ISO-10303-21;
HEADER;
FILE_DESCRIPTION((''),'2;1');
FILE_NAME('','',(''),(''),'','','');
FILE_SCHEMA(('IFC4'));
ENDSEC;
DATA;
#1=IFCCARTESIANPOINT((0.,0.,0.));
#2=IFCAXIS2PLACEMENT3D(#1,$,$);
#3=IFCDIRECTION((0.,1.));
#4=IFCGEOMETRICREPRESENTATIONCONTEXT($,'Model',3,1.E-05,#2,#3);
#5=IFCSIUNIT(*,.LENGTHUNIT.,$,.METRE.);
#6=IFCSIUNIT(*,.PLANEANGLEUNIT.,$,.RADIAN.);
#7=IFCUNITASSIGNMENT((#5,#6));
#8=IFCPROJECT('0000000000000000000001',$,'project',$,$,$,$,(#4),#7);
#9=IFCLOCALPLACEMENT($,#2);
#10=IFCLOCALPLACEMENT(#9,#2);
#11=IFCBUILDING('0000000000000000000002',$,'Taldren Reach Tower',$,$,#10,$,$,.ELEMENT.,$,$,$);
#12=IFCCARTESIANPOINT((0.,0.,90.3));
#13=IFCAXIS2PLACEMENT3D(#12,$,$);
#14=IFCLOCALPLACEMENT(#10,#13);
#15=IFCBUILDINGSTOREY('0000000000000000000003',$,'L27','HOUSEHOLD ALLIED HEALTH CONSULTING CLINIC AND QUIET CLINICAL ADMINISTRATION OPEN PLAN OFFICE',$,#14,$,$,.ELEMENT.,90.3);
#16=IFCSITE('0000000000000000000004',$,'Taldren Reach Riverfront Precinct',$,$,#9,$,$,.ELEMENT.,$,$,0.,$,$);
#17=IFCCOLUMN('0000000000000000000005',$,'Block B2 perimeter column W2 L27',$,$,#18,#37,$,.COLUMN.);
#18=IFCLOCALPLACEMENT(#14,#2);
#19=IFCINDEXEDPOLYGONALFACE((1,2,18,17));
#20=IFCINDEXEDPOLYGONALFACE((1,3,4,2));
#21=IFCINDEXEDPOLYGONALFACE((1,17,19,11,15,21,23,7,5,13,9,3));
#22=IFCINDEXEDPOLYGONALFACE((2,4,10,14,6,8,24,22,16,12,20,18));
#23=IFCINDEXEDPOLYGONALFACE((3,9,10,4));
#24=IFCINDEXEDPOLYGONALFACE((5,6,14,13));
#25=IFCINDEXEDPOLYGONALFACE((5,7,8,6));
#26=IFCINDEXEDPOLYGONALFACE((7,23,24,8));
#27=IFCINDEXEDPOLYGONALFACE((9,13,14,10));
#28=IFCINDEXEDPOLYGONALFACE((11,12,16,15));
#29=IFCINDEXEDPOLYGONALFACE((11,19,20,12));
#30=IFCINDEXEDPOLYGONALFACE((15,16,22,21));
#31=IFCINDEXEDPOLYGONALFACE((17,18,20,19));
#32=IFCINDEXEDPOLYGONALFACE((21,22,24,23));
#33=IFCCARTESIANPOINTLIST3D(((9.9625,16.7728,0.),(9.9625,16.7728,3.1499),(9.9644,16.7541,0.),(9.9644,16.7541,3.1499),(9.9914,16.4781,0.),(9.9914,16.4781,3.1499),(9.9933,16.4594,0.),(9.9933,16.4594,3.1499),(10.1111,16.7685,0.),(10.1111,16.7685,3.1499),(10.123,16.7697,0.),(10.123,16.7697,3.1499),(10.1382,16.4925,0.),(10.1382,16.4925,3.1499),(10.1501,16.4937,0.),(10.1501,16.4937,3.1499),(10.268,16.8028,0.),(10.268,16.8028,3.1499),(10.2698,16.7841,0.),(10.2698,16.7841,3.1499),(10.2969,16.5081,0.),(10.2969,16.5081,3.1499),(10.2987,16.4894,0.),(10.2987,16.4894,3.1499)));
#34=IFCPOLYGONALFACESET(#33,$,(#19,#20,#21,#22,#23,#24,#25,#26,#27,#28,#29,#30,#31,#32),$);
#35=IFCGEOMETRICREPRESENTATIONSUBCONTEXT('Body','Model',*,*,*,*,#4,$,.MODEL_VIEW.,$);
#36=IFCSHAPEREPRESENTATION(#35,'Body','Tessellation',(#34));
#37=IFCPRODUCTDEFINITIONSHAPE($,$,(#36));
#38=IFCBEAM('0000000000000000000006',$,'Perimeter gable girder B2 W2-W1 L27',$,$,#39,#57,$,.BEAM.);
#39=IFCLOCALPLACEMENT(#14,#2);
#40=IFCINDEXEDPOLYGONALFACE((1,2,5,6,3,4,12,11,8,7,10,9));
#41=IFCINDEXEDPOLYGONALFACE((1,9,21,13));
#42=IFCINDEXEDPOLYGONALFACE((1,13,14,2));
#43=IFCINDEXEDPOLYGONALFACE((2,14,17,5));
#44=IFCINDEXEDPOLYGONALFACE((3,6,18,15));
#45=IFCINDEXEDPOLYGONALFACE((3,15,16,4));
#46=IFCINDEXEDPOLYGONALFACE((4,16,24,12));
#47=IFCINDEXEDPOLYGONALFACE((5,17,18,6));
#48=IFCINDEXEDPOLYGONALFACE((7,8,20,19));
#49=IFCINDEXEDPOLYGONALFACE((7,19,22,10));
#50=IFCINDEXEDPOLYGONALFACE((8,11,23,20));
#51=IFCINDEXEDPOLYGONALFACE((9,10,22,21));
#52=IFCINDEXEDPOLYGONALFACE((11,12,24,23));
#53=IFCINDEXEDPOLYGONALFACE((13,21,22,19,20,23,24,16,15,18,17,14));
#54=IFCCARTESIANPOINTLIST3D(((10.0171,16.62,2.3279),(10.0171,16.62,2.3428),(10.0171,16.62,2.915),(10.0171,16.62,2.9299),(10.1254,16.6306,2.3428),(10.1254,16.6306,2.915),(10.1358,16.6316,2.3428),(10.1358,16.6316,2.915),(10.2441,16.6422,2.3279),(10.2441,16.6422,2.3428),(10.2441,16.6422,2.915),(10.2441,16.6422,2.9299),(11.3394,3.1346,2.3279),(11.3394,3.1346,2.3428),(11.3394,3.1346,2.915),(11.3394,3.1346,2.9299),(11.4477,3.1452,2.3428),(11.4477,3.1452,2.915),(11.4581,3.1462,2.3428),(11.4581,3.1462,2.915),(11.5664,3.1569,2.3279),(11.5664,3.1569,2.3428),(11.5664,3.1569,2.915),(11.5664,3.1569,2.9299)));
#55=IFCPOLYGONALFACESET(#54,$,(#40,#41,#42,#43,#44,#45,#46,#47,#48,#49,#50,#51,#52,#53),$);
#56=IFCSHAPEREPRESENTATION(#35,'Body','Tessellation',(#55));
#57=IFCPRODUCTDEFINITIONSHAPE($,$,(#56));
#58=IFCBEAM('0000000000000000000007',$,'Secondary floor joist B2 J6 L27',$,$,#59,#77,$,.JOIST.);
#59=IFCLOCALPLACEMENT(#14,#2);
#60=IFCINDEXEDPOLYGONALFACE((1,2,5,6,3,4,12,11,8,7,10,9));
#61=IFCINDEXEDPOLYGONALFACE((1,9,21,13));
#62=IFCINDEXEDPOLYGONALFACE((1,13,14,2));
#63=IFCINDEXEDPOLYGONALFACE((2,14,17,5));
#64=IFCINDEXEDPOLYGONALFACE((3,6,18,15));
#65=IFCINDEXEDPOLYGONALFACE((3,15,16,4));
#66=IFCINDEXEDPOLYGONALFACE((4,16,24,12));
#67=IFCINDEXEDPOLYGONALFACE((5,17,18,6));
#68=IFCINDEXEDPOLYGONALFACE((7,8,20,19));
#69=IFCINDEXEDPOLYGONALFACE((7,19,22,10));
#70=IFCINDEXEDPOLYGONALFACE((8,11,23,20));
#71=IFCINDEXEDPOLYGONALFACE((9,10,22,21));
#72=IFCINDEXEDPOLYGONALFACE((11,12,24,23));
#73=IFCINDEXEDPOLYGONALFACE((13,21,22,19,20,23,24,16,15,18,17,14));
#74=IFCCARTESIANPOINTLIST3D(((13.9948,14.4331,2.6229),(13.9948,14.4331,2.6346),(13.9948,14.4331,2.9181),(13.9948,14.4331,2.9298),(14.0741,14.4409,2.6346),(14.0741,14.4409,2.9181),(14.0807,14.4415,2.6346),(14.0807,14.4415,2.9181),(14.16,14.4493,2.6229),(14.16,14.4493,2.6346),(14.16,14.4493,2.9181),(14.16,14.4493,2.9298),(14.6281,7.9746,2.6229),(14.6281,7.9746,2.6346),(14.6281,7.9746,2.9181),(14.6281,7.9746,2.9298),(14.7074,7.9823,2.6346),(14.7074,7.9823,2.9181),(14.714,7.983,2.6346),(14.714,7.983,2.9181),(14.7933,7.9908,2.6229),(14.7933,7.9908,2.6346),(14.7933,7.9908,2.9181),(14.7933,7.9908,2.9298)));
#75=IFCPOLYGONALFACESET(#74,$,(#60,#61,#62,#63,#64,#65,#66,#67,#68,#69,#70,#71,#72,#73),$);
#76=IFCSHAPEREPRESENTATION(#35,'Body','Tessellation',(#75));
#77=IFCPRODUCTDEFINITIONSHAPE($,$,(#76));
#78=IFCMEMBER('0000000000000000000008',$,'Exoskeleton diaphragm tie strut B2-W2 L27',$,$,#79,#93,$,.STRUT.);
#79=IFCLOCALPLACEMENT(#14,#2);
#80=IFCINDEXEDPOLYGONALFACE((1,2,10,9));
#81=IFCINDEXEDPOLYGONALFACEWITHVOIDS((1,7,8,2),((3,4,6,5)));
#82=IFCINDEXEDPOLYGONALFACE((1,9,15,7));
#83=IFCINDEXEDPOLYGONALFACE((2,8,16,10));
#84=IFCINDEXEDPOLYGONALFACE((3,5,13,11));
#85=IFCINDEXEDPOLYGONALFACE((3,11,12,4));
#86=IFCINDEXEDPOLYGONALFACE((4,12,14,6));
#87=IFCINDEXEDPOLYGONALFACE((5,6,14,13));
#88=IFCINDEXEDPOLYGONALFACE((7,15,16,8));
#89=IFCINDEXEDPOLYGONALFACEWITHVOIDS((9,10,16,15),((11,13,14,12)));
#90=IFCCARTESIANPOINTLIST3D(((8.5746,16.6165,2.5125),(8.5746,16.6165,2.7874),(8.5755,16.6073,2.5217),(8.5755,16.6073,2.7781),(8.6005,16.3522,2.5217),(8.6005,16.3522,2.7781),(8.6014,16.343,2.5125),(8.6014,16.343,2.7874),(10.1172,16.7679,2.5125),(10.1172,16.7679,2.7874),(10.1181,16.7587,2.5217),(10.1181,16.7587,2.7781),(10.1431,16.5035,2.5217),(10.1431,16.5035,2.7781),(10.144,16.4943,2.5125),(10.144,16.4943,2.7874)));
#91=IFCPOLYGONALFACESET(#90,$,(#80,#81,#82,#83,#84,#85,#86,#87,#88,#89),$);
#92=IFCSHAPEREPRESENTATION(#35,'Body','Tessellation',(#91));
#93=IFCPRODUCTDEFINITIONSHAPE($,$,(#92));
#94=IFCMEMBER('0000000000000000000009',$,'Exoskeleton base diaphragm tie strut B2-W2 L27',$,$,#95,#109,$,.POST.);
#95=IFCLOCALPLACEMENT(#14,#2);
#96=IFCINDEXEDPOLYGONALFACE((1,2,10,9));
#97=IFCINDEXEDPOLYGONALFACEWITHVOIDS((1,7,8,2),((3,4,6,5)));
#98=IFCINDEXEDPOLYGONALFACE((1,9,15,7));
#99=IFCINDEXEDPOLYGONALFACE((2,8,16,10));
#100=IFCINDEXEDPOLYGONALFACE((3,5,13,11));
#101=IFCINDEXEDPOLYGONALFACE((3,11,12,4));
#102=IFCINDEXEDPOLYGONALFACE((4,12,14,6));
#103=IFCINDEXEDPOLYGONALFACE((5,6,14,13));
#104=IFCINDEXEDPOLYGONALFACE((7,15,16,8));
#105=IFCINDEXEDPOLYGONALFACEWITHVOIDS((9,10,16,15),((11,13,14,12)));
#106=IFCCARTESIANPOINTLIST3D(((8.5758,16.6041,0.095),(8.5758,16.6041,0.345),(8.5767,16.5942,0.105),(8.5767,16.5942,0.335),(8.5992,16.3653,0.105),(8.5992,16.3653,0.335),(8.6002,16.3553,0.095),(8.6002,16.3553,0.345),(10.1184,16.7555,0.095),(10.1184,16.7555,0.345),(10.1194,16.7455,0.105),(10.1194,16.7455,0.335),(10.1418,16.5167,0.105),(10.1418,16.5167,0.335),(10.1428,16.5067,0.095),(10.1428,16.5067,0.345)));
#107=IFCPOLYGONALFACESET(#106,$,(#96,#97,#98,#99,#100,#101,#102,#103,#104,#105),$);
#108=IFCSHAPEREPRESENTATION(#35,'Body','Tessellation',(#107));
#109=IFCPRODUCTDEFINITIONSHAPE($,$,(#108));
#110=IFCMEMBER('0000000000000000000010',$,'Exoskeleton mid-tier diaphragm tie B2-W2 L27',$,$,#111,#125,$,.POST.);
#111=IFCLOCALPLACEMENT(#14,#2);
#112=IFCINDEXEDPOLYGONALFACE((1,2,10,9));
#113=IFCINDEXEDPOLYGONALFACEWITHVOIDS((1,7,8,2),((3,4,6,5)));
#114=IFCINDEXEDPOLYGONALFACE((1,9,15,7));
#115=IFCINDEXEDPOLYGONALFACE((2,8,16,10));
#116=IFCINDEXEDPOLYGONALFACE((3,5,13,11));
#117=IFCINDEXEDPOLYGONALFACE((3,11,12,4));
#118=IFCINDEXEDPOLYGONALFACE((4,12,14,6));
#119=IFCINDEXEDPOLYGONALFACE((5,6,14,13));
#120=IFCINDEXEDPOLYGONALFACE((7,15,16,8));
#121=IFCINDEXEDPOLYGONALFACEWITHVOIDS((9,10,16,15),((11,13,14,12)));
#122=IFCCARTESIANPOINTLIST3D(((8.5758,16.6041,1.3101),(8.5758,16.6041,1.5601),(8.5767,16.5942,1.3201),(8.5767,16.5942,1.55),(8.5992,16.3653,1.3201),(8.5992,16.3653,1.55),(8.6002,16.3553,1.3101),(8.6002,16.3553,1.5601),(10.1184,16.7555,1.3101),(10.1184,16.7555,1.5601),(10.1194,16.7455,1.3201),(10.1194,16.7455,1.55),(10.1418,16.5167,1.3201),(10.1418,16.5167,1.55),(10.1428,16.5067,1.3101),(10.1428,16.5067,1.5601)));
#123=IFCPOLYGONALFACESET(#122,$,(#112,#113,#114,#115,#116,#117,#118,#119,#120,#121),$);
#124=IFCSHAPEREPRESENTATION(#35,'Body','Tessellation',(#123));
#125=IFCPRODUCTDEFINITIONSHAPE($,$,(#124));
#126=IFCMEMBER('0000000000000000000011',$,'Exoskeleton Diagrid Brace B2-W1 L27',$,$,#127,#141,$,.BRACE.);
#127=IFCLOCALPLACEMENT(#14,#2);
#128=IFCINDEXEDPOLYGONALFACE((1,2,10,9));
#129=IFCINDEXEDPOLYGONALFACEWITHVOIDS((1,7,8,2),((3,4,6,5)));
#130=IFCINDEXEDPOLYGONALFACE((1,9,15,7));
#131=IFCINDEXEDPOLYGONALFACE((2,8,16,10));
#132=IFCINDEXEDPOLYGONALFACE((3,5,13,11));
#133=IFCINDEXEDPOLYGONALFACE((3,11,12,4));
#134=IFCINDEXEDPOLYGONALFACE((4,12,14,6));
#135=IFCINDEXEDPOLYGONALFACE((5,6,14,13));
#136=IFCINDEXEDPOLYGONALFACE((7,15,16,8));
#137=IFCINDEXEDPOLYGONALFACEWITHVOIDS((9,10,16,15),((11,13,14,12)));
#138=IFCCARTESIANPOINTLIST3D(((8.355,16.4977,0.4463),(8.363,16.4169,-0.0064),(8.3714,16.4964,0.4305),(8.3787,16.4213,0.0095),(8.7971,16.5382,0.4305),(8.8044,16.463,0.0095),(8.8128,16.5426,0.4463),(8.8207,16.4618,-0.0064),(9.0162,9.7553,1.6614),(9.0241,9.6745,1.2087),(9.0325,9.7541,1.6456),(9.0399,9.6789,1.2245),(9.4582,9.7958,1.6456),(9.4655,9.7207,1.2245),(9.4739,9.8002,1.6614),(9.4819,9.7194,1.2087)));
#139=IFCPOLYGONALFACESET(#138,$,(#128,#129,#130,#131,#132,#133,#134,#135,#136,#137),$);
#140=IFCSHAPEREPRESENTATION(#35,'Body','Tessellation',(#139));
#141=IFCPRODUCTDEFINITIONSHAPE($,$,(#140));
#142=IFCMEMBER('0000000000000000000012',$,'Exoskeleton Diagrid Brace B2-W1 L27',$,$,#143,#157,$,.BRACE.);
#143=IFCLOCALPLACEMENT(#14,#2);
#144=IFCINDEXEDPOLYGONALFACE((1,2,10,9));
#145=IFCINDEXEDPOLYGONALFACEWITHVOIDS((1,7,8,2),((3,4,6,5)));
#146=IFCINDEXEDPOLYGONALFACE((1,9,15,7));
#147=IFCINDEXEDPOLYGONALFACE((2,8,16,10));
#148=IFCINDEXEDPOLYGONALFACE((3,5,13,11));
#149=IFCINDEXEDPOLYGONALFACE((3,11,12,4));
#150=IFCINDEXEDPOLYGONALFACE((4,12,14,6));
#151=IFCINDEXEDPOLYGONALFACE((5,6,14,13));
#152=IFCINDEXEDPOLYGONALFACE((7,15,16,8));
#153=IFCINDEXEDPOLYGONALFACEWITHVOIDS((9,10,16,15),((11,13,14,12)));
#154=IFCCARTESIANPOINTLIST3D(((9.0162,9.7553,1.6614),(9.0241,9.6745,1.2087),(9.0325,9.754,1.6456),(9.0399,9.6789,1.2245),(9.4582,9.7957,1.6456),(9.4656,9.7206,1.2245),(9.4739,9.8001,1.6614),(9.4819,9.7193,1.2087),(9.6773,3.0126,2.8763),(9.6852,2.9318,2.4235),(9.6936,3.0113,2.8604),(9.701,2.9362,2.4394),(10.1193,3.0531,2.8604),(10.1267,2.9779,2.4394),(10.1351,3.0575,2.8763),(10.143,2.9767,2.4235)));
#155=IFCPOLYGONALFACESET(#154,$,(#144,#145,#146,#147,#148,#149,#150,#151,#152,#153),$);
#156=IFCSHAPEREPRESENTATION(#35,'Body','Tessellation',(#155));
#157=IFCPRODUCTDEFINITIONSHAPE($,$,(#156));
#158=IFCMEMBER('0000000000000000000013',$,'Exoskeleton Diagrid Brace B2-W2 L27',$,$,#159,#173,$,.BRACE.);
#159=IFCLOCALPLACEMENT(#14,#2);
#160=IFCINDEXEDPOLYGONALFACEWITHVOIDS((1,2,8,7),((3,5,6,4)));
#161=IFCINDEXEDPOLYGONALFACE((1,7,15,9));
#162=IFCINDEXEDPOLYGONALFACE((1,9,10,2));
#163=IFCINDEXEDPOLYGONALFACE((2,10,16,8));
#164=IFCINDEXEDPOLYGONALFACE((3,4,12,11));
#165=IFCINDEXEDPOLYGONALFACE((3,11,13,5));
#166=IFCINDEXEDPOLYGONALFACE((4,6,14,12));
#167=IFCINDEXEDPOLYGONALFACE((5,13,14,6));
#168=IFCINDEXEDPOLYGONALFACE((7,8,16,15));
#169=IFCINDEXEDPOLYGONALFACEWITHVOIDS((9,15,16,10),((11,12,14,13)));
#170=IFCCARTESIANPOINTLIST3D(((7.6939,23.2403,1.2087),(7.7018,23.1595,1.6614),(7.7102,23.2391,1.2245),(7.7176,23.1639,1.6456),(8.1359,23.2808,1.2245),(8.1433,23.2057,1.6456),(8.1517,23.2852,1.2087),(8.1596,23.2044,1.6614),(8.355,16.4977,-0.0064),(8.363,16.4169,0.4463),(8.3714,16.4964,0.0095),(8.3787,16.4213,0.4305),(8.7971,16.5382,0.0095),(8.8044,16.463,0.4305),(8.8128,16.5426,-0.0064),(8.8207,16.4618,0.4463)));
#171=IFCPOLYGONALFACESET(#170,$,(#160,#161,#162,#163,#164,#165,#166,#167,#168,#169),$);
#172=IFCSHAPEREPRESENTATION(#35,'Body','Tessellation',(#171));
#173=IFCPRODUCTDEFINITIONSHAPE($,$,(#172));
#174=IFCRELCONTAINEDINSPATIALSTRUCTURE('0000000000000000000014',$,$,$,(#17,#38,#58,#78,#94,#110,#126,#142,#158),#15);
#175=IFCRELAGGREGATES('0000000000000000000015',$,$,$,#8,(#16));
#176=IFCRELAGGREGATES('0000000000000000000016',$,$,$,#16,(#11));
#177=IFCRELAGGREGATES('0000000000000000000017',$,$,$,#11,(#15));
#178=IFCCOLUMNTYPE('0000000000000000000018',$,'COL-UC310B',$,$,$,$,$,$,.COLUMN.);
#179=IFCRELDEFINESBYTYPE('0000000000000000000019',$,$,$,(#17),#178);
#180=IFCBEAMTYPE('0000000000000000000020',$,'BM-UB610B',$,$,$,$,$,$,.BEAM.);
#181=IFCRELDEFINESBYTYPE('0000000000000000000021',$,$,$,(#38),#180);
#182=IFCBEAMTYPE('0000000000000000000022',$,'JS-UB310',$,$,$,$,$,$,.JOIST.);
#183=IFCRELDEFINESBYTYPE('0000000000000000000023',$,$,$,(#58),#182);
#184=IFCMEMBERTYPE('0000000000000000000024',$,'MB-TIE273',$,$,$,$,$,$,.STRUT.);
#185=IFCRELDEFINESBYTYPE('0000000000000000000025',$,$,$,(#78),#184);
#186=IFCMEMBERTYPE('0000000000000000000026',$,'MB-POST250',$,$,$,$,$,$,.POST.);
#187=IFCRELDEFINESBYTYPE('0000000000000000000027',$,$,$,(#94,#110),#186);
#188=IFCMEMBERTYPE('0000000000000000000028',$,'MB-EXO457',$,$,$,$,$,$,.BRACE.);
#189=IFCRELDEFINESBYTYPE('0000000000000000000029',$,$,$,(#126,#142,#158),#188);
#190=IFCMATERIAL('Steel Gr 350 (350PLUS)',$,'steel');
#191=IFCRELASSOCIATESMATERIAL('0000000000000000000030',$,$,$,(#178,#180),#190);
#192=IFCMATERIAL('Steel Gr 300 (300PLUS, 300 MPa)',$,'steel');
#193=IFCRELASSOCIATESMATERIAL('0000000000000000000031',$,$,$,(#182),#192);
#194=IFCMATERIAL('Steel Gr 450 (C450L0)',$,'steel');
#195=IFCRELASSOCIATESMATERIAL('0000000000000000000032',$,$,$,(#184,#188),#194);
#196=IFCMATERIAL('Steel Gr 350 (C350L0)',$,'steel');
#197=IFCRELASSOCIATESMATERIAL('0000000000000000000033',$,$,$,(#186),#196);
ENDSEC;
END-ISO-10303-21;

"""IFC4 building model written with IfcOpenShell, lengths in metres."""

from ifc_helpers import new_model, si_unit, direction, frame, origin, origin_2d, place, context, subcontext, project, spatial, hollow_rectangle, i_section, extrude, source, transform, mapped, material, material_profile, profile_set, type_object, element, save


model = new_model("IFC4")

# Units and contexts
model_context = context("Model", 3, precision=1e-05, world=origin(), true_north=direction((0.0, 1.0)))
body_context = subcontext(model_context, "Body", "Model", "MODEL_VIEW")
ifc_project = project(units=[si_unit("LENGTHUNIT", "METRE"), si_unit("PLANEANGLEUNIT", "RADIAN")], contexts=[model_context])

# Site, building, storey
site_placement = place(None, origin())
site = spatial("IfcSite", under=ifc_project, at=site_placement, Name="Taldren Reach Riverfront Precinct", CompositionType="ELEMENT", RefElevation=0.0)
building_placement = place(site_placement, origin())
building = spatial("IfcBuilding", under=site, at=building_placement, Name="Taldren Reach Tower", CompositionType="ELEMENT")
storey_placement = place(building_placement, frame((0.0, 0.0, 90.3)))
storey = spatial("IfcBuildingStorey", under=building, at=storey_placement, Name="L27", Description="HOUSEHOLD ALLIED HEALTH CONSULTING CLINIC AND QUIET CLINICAL ADMINISTRATION OPEN PLAN OFFICE", CompositionType="ELEMENT", Elevation=90.3)

# Column
ifc_material_1 = material(Name="Steel Gr 350 (350PLUS)", Category="steel")
ifc_material_profile_1 = material_profile(ifc_material_1, i_section(OverallWidth=0.3069, OverallDepth=0.3149, WebThickness=0.012, FlangeThickness=0.0188, at=origin_2d()), Name="310UC118")
ifc_profile_set_1 = profile_set([ifc_material_profile_1], Name="Steel Gr 350 (350PLUS)")
column_type = type_object("IfcColumnType", Name="COL-UC310B", PredefinedType="COLUMN", material=ifc_profile_set_1)
shared_shape_1 = source(origin(), body_context, "Body", "SweptSolid", [
    extrude(i_section(OverallWidth=0.3069, OverallDepth=0.3149, WebThickness=0.012, FlangeThickness=0.0188, at=origin_2d()), origin(), (0.0, 0.0, 1.0), 3.1499),
])
column_placement = place(storey_placement, frame((10.1306, 16.6311, 0.0), z_axis=(0.0, 0.0, 1.0), x_axis=(0.995227, 0.097583, 0.0)))
element("IfcColumn", 1, at=column_placement, inside=storey, type_object=column_type, Name="Block B2 perimeter column W2 L27", PredefinedType="COLUMN", context=body_context, shape_type="MappedRepresentation", body=[
    mapped(shared_shape_1, transform((0.0, 0.0, 0.0), scale=1.0)),
])

# Beams
ifc_material_profile_2 = material_profile(ifc_material_1, i_section(OverallWidth=0.228, OverallDepth=0.6021, WebThickness=0.0105, FlangeThickness=0.0149, at=origin_2d()), Name="610UB101")
ifc_profile_set_2 = profile_set([ifc_material_profile_2], Name="Steel Gr 350 (350PLUS)")
beam_type_1 = type_object("IfcBeamType", Name="BM-UB610B", PredefinedType="BEAM", material=ifc_profile_set_2)
shared_shape_2 = source(origin(), body_context, "Body", "SweptSolid", [
    extrude(i_section(OverallWidth=0.228, OverallDepth=0.6021, WebThickness=0.0105, FlangeThickness=0.0149, at=origin_2d()), origin(), (0.0, 0.0, 1.0), 13.55),
])
beam_1_placement = place(storey_placement, frame((10.1306, 16.6311, 2.6289), z_axis=(0.097584, -0.995227, 0.0), x_axis=(0.995227, 0.097584, 0.0)))
element("IfcBeam", 2, at=beam_1_placement, inside=storey, type_object=beam_type_1, Name="Perimeter gable girder B2 W2-W1 L27", PredefinedType="BEAM", context=body_context, shape_type="MappedRepresentation", body=[
    mapped(shared_shape_2, transform((0.0, 0.0, 0.0), scale=1.0)),
])
ifc_material_2 = material(Name="Steel Gr 300 (300PLUS, 300 MPa)", Category="steel")
ifc_material_profile_3 = material_profile(ifc_material_2, i_section(OverallWidth=0.166, OverallDepth=0.3069, WebThickness=0.0066, FlangeThickness=0.0117, at=origin_2d()), Name="310UB46.2")
ifc_profile_set_3 = profile_set([ifc_material_profile_3], Name="Steel Gr 300 (300PLUS, 300 MPa)")
beam_type_2 = type_object("IfcBeamType", Name="JS-UB310", PredefinedType="JOIST", material=ifc_profile_set_3)
shared_shape_3 = source(origin(), body_context, "Body", "SweptSolid", [
    extrude(i_section(OverallWidth=0.166, OverallDepth=0.3069, WebThickness=0.0066, FlangeThickness=0.0117, at=origin_2d()), origin(), (0.0, 0.0, 1.0), 6.4895),
])
beam_2_placement = place(storey_placement, frame((14.7107, 7.9827, 2.7764), z_axis=(-0.097589, 0.995227, 0.0), x_axis=(-0.995227, -0.097589, 0.0)))
element("IfcBeam", 3, at=beam_2_placement, inside=storey, type_object=beam_type_2, Name="Secondary floor joist B2 J6 L27", PredefinedType="JOIST", context=body_context, shape_type="MappedRepresentation", body=[
    mapped(shared_shape_3, transform((0.0, 0.0, 0.0), scale=1.0)),
])

# Members
ifc_material_3 = material(Name="Steel Gr 450 (C450L0)", Category="steel")
ifc_material_profile_4 = material_profile(ifc_material_3, hollow_rectangle(XDim=0.2749, YDim=0.2749, WallThickness=0.0093, at=origin_2d()), Name="275x275x9.3SHS")
ifc_profile_set_4 = profile_set([ifc_material_profile_4], Name="Steel Gr 450 (C450L0)")
member_type_1 = type_object("IfcMemberType", Name="MB-TIE273", PredefinedType="STRUT", material=ifc_profile_set_4)
shared_shape_4 = source(origin(), body_context, "Body", "SweptSolid", [
    extrude(hollow_rectangle(XDim=0.2749, YDim=0.2749, WallThickness=0.0093, at=origin_2d()), origin(), (0.0, 0.0, 1.0), 1.55),
])
member_1_placement = place(storey_placement, frame((10.1306, 16.6311, 2.6499), z_axis=(-0.995221, -0.097648, 0.0), x_axis=(0.097648, -0.995221, 0.0)))
element("IfcMember", 4, at=member_1_placement, inside=storey, type_object=member_type_1, Name="Exoskeleton diaphragm tie strut B2-W2 L27", PredefinedType="STRUT", context=body_context, shape_type="MappedRepresentation", body=[
    mapped(shared_shape_4, transform((0.0, 0.0, 0.0), scale=1.0)),
])
ifc_material_4 = material(Name="Steel Gr 350 (C350L0)", Category="steel")
ifc_material_profile_5 = material_profile(ifc_material_4, hollow_rectangle(XDim=0.25, YDim=0.25, WallThickness=0.01, at=origin_2d()), Name="250x250x10.0SHS")
ifc_profile_set_5 = profile_set([ifc_material_profile_5], Name="Steel Gr 350 (C350L0)")
member_type_2 = type_object("IfcMemberType", Name="MB-POST250", PredefinedType="POST", material=ifc_profile_set_5)
shared_shape_5 = source(origin(), body_context, "Body", "SweptSolid", [
    extrude(hollow_rectangle(XDim=0.25, YDim=0.25, WallThickness=0.01, at=origin_2d()), origin(), (0.0, 0.0, 1.0), 1.55),
])
for number, where, z_axis, x_axis, name in (
    (5, (10.1306, 16.6311, 0.22), (-0.995221, -0.097648, 0.0), (0.097648, -0.995221, 0.0), "Exoskeleton base diaphragm tie strut B2-W2 L27"),
    (6, (10.1306, 16.6311, 1.4351), (-0.995221, -0.097648, 0.0), (0.097648, -0.995221, 0.0), "Exoskeleton mid-tier diaphragm tie B2-W2 L27"),
):
    element("IfcMember", number, at=place(storey_placement, frame(where, z_axis=z_axis, x_axis=x_axis)), inside=storey, type_object=member_type_2, Name=name, PredefinedType="POST", context=body_context, shape_type="MappedRepresentation", body=[
        mapped(shared_shape_5, transform((0.0, 0.0, 0.0), scale=1.0)),
    ])
ifc_material_profile_6 = material_profile(ifc_material_3, hollow_rectangle(XDim=0.46, YDim=0.46, WallThickness=0.0161, at=origin_2d()), Name="460x460x16.0SHS")
ifc_profile_set_6 = profile_set([ifc_material_profile_6], Name="Steel Gr 450 (C450L0)")
member_type_3 = type_object("IfcMemberType", Name="MB-EXO457", PredefinedType="BRACE", material=ifc_profile_set_6)
shared_shape_6 = source(origin(), body_context, "Body", "SweptSolid", [
    extrude(hollow_rectangle(XDim=0.46, YDim=0.46, WallThickness=0.0161, at=origin_2d()), origin(), (0.0, 0.0, 1.0), 6.8828),
])
member_2_placement = place(storey_placement, frame((8.5879, 16.4797, 0.22), z_axis=(0.096055, -0.979596, 0.176538), x_axis=(0.995227, 0.097588, 0.0)))
element("IfcMember", 7, at=member_2_placement, inside=storey, type_object=member_type_3, Name="Exoskeleton Diagrid Brace B2-W1 L27", PredefinedType="BRACE", context=body_context, shape_type="MappedRepresentation", body=[
    mapped(shared_shape_6, transform((0.0, 0.0, 0.0), scale=1.0)),
])
shared_shape_7 = source(origin(), body_context, "Body", "SweptSolid", [
    extrude(hollow_rectangle(XDim=0.46, YDim=0.46, WallThickness=0.0161, at=origin_2d()), origin(), (0.0, 0.0, 1.0), 6.8831),
])
for number, where, z_axis, x_axis, name in (
    (8, (9.249, 9.7373, 1.4351), (0.096052, -0.979603, 0.176497), (0.995227, 0.097584, 0.0), "Exoskeleton Diagrid Brace B2-W1 L27"),
    (9, (8.5879, 16.4797, 0.22), (-0.096051, 0.979597, 0.176532), (-0.995227, -0.097584, 0.0), "Exoskeleton Diagrid Brace B2-W2 L27"),
):
    element("IfcMember", number, at=place(storey_placement, frame(where, z_axis=z_axis, x_axis=x_axis)), inside=storey, type_object=member_type_3, Name=name, PredefinedType="BRACE", context=body_context, shape_type="MappedRepresentation", body=[
        mapped(shared_shape_7, transform((0.0, 0.0, 0.0), scale=1.0)),
    ])

save(model, "model.ifc")
